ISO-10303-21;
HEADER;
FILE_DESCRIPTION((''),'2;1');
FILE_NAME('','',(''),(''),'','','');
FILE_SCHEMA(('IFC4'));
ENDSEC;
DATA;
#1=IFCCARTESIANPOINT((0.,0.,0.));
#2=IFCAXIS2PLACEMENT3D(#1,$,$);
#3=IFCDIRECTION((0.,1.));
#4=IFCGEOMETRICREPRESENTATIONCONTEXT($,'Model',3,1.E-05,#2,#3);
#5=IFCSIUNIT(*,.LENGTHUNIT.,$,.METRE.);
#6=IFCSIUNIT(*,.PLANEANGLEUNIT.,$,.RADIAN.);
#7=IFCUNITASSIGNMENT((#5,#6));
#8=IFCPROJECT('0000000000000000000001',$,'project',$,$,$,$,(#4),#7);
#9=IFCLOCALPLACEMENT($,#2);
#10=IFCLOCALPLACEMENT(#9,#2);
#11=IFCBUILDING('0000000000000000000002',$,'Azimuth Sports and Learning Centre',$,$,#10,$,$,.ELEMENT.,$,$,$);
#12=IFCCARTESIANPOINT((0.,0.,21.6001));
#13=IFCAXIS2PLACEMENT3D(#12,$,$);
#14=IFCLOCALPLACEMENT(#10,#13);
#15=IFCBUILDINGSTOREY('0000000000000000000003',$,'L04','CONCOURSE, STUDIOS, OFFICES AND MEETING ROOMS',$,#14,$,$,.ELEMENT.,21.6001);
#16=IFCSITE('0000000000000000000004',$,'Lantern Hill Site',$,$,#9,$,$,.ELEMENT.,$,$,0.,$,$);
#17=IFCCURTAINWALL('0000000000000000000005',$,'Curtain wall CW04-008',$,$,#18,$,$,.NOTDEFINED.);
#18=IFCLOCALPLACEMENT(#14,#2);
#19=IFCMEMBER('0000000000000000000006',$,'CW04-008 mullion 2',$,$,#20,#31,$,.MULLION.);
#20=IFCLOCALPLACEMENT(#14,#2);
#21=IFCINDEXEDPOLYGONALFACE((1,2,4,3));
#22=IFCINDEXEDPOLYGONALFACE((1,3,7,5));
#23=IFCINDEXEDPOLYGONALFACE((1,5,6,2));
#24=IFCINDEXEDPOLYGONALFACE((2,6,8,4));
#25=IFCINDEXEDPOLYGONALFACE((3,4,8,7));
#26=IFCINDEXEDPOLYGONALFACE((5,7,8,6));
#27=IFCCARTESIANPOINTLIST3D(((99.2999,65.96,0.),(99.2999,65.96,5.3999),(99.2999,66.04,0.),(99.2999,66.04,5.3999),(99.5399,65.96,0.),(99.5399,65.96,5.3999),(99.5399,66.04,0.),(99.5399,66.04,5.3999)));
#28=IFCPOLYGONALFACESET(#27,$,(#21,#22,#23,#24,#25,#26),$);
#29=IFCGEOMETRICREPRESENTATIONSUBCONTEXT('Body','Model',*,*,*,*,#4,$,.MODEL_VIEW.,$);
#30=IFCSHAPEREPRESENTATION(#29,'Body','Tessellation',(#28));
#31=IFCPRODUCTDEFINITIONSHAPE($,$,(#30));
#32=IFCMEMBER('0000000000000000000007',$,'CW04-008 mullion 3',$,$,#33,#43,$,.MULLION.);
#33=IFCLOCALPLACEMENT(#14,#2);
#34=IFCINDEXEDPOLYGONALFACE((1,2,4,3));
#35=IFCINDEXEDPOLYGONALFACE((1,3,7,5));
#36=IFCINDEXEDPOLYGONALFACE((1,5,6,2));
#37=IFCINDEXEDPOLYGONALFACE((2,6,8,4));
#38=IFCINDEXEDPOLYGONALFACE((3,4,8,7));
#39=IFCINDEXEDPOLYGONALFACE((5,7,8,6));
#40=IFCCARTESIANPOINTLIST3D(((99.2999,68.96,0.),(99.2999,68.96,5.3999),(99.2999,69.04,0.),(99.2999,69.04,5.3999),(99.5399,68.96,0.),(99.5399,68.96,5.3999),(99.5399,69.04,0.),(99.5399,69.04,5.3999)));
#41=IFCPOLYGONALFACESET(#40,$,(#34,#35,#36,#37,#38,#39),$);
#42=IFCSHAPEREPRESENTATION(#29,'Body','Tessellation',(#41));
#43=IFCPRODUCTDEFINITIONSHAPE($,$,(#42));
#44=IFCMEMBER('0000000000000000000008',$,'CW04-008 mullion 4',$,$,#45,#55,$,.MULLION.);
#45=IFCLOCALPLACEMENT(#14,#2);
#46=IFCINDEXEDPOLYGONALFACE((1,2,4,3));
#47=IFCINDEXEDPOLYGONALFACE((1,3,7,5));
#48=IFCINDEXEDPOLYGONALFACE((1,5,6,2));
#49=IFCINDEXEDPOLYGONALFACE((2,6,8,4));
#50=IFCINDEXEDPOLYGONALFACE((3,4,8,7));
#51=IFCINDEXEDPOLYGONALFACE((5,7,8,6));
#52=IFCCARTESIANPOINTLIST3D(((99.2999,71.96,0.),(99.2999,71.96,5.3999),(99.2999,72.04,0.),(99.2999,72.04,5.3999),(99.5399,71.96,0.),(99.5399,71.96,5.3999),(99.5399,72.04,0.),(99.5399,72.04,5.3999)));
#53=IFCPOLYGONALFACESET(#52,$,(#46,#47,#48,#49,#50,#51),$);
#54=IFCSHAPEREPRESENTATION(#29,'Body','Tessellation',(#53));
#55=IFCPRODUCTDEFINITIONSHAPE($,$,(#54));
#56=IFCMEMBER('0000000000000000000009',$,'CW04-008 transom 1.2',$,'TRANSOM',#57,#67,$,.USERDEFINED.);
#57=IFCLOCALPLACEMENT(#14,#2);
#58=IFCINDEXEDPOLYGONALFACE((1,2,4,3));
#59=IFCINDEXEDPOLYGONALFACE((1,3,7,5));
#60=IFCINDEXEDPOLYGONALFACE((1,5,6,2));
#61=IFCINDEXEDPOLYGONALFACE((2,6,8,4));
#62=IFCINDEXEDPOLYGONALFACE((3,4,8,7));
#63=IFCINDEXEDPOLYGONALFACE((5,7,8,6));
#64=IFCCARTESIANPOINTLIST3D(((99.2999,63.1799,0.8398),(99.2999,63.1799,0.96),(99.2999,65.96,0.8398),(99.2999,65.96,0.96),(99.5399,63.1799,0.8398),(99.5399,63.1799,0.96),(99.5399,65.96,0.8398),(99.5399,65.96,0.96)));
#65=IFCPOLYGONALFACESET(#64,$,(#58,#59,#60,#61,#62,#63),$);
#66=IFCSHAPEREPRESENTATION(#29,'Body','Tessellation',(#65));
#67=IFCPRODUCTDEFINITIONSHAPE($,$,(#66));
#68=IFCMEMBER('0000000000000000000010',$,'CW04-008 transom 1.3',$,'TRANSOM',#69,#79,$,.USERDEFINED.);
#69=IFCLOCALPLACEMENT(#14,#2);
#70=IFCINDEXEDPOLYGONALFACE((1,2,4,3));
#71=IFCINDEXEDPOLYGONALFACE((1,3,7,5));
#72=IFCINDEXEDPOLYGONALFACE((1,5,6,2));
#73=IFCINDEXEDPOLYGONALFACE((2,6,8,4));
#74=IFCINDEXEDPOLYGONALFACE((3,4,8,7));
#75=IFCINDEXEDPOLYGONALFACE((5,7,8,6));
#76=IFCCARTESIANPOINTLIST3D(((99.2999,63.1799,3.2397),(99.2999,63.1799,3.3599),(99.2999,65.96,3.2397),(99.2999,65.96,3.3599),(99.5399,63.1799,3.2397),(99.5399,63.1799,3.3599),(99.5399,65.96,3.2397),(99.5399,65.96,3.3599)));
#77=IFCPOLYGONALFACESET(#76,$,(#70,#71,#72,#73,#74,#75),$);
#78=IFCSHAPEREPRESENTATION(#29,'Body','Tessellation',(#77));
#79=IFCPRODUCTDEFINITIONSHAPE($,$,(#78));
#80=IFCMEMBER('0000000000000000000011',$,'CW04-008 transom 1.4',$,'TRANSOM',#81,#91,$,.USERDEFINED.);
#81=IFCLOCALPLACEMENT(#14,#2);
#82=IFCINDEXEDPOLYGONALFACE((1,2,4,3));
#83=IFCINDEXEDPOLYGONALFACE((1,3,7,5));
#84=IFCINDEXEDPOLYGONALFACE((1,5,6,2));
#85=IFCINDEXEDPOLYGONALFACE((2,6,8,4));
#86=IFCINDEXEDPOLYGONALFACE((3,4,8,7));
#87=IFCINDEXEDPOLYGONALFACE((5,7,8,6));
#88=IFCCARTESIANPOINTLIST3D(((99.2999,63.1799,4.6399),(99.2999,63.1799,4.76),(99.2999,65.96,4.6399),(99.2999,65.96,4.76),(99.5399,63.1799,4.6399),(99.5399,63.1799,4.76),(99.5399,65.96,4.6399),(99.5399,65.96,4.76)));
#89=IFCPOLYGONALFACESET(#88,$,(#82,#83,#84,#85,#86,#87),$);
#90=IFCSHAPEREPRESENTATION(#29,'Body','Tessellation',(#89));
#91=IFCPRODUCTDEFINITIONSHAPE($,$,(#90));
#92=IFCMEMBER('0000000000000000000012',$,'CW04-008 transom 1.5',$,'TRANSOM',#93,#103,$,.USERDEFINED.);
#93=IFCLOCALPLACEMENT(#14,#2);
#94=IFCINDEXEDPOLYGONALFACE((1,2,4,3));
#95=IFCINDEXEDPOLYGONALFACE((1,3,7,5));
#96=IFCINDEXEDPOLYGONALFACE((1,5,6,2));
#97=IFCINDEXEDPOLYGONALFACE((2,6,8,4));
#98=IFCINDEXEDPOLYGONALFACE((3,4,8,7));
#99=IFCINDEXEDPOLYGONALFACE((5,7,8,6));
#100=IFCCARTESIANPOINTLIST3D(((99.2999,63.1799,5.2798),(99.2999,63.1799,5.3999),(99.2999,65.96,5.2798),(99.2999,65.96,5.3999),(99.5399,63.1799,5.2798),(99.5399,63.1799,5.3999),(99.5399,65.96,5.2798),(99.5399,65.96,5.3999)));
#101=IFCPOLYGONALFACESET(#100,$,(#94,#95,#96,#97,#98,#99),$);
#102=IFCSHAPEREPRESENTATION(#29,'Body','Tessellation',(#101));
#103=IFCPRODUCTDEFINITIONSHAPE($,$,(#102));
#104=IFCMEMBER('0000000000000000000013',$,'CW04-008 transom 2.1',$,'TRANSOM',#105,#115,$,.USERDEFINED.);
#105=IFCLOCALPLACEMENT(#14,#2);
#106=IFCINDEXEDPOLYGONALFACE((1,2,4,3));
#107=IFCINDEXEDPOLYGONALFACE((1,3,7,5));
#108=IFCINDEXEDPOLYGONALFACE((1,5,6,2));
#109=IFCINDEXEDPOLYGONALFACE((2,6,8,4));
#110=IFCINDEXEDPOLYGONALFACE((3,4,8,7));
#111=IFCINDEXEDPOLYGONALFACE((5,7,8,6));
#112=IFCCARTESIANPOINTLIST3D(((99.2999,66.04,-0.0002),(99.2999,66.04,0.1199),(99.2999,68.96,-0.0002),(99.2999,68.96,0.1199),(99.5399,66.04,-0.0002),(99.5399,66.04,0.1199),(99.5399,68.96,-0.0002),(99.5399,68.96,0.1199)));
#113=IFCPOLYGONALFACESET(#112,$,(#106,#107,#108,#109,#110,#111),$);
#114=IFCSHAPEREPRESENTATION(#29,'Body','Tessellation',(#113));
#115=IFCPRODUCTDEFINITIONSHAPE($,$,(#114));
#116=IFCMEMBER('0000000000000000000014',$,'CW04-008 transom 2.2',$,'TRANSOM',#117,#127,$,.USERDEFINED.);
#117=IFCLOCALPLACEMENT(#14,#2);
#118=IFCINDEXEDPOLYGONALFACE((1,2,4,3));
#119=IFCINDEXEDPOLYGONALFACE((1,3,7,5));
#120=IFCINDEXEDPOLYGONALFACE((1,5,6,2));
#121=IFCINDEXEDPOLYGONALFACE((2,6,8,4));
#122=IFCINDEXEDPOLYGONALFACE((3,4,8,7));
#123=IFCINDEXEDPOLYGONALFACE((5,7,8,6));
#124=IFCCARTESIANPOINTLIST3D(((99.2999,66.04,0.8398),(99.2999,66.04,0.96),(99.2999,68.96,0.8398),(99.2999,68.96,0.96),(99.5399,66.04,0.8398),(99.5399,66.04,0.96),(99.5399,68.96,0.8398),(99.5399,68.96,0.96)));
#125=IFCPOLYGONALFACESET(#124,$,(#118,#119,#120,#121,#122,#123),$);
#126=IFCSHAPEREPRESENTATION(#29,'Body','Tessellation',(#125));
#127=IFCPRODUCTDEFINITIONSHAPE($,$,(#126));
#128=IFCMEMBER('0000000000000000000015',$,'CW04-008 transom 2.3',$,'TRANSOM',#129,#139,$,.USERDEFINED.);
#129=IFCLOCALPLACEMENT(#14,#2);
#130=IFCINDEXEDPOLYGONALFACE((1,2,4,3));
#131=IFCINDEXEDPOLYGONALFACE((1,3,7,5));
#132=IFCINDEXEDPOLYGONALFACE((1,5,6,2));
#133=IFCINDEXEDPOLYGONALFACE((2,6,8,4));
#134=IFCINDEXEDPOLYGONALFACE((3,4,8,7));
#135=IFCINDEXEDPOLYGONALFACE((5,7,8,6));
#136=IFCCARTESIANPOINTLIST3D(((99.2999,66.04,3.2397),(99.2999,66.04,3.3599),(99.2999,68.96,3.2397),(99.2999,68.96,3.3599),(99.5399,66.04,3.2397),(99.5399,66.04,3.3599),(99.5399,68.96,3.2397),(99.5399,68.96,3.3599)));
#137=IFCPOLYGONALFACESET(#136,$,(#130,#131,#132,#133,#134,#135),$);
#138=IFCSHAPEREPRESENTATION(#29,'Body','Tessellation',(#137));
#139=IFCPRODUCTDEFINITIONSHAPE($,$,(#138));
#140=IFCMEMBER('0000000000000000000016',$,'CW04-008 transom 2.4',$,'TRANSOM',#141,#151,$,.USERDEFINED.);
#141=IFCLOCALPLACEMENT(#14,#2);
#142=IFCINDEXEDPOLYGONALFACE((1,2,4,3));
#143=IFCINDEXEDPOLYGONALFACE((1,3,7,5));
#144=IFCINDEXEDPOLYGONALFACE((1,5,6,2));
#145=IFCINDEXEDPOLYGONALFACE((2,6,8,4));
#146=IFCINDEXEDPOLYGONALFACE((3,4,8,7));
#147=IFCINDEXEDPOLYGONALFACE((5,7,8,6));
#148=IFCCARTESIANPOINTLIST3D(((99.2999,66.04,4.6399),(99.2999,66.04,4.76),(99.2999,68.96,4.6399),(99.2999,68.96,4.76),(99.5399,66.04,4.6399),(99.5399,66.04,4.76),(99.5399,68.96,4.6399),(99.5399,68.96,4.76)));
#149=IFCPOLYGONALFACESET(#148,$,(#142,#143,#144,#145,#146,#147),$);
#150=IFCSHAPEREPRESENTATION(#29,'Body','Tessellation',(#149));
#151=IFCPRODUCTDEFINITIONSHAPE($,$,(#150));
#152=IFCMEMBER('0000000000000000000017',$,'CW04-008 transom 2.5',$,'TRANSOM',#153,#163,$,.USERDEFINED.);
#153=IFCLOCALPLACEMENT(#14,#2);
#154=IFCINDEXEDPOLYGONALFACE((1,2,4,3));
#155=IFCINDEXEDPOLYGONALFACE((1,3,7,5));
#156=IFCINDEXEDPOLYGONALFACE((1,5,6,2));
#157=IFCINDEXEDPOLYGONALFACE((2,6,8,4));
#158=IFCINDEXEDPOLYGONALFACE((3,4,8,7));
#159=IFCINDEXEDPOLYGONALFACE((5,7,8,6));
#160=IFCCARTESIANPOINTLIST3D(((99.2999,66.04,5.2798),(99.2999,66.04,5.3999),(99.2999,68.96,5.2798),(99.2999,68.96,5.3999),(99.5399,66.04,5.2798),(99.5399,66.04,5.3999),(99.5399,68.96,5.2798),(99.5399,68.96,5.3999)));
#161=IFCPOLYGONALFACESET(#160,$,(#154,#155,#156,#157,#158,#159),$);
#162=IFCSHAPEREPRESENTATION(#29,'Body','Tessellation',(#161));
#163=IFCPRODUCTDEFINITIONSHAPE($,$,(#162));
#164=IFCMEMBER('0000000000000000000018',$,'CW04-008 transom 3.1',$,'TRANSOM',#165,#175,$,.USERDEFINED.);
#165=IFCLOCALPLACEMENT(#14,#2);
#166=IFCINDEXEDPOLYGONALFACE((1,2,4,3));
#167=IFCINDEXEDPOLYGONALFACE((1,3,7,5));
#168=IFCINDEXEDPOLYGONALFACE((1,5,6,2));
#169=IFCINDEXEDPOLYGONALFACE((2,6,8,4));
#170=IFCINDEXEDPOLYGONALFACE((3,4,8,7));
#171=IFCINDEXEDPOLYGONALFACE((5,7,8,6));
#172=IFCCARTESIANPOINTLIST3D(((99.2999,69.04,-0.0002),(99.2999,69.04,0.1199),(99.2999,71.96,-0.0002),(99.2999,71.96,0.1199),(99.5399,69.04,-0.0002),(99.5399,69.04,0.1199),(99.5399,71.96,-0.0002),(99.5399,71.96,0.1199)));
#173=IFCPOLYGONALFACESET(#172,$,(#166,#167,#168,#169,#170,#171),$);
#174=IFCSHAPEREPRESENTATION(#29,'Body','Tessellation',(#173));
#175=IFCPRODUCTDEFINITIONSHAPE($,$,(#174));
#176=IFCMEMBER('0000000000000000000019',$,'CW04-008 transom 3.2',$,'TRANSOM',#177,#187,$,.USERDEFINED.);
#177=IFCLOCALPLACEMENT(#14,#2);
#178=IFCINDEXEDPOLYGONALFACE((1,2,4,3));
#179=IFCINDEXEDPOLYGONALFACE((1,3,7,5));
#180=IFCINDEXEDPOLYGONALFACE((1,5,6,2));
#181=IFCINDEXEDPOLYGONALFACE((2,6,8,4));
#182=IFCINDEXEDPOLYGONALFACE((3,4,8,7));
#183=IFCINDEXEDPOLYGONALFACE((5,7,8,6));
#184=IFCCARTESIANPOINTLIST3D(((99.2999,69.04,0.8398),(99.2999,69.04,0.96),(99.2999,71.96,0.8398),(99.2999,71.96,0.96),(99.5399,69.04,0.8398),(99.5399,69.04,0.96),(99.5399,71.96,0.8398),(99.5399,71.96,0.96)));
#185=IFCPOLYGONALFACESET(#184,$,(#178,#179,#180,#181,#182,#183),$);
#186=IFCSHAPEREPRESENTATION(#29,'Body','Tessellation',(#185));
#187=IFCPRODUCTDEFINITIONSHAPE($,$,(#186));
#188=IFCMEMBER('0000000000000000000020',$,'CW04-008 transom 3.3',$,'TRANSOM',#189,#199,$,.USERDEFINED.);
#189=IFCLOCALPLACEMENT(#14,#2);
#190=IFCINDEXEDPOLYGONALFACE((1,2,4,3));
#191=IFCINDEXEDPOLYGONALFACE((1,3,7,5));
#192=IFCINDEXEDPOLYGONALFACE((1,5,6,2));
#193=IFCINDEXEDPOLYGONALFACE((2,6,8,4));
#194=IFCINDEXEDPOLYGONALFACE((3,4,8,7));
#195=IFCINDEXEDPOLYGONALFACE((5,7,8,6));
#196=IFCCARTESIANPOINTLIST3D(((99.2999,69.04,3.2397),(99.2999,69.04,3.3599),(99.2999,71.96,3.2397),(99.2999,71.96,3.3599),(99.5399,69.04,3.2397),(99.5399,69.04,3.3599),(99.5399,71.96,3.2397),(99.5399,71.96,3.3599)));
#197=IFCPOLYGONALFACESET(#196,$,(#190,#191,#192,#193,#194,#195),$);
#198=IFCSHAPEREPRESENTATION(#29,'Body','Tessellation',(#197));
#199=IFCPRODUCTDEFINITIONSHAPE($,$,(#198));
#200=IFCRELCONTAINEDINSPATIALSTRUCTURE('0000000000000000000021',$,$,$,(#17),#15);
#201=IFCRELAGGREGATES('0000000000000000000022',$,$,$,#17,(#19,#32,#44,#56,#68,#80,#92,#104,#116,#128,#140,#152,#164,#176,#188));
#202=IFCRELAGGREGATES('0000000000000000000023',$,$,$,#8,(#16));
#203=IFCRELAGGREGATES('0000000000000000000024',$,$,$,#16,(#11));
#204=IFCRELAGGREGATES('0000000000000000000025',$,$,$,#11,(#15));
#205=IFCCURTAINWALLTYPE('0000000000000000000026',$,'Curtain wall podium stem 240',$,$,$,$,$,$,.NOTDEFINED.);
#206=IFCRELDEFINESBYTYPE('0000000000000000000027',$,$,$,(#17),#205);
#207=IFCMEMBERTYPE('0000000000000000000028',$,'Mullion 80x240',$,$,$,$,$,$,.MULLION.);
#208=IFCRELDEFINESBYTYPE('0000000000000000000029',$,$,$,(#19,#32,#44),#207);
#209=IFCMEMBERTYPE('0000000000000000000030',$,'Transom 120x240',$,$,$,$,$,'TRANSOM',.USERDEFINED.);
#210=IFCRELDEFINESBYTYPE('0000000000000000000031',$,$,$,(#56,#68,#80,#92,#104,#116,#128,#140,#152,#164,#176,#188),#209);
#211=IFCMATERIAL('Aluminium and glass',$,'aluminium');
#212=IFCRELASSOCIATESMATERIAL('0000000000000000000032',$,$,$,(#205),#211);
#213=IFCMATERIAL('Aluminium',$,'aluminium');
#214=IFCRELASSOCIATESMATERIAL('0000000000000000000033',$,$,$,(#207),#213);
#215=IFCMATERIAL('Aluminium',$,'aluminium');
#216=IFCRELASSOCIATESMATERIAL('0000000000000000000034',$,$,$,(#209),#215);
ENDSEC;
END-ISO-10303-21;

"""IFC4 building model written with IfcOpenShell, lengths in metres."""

from ifc_helpers import new_model, si_unit, direction, frame, origin, origin_2d, place, context, subcontext, project, spatial, rectangle, extrude, material, material_profile, profile_set, type_object, element, aggregate, save


model = new_model("IFC4")

# Units and contexts
model_context = context("Model", 3, precision=1e-05, world=origin(), true_north=direction((0.0, 1.0)))
body_context = subcontext(model_context, "Body", "Model", "MODEL_VIEW")
ifc_project = project(units=[si_unit("LENGTHUNIT", "METRE"), si_unit("PLANEANGLEUNIT", "RADIAN")], contexts=[model_context])

# Site, building, storey
site_placement = place(None, origin())
site = spatial("IfcSite", under=ifc_project, at=site_placement, Name="Lantern Hill Site", CompositionType="ELEMENT", RefElevation=0.0)
building_placement = place(site_placement, origin())
building = spatial("IfcBuilding", under=site, at=building_placement, Name="Azimuth Sports and Learning Centre", CompositionType="ELEMENT")
storey_placement = place(building_placement, frame((0.0, 0.0, 21.6001)))
storey = spatial("IfcBuildingStorey", under=building, at=storey_placement, Name="L04", Description="CONCOURSE, STUDIOS, OFFICES AND MEETING ROOMS", CompositionType="ELEMENT", Elevation=21.6001)

# Curtain wall, members
ifc_material_1 = material(Name="Aluminium and glass", Category="aluminium")
curtain_wall_type = type_object("IfcCurtainWallType", Name="Curtain wall podium stem 240", PredefinedType="NOTDEFINED", material=ifc_material_1)
curtain_wall_placement = place(storey_placement, origin())
curtain_wall = element("IfcCurtainWall", 1, at=curtain_wall_placement, inside=storey, type_object=curtain_wall_type, Name="Curtain wall CW04-008", PredefinedType="NOTDEFINED")
ifc_material_2 = material(Name="Aluminium", Category="aluminium")
ifc_material_profile_1 = material_profile(ifc_material_2, rectangle(XDim=0.24, YDim=0.0801, at=origin_2d()), Name="Mullion 80x240")
ifc_profile_set_1 = profile_set([ifc_material_profile_1], Name="Aluminium")
member_type_1 = type_object("IfcMemberType", Name="Mullion 80x240", PredefinedType="MULLION", material=ifc_profile_set_1)
member_1_placement = place(storey_placement, frame((99.4199, 66.0, 0.0), z_axis=(0.0, 0.0, 1.0), x_axis=(-1.0, 0.0, 0.0)))
member_1 = element("IfcMember", 2, at=member_1_placement, type_object=member_type_1, Name="CW04-008 mullion 2", PredefinedType="MULLION", context=body_context, shape_type="SweptSolid", body=[
    extrude(rectangle(XDim=0.24, YDim=0.0801, at=origin_2d()), origin(), (0.0, 0.0, 1.0), 5.3999),
])
member_2_placement = place(storey_placement, frame((99.4199, 69.0, 0.0), z_axis=(0.0, 0.0, 1.0), x_axis=(-1.0, 0.0, 0.0)))
member_2 = element("IfcMember", 3, at=member_2_placement, type_object=member_type_1, Name="CW04-008 mullion 3", PredefinedType="MULLION", context=body_context, shape_type="SweptSolid", body=[
    extrude(rectangle(XDim=0.24, YDim=0.0801, at=origin_2d()), origin(), (0.0, 0.0, 1.0), 5.3999),
])
member_3_placement = place(storey_placement, frame((99.4199, 72.0, 0.0), z_axis=(0.0, 0.0, 1.0), x_axis=(-1.0, 0.0, 0.0)))
member_3 = element("IfcMember", 4, at=member_3_placement, type_object=member_type_1, Name="CW04-008 mullion 4", PredefinedType="MULLION", context=body_context, shape_type="SweptSolid", body=[
    extrude(rectangle(XDim=0.24, YDim=0.0801, at=origin_2d()), origin(), (0.0, 0.0, 1.0), 5.3999),
])
ifc_material_3 = material(Name="Aluminium", Category="aluminium")
ifc_material_profile_2 = material_profile(ifc_material_3, rectangle(XDim=0.24, YDim=0.1201, at=origin_2d()), Name="Transom 120x240")
ifc_profile_set_2 = profile_set([ifc_material_profile_2], Name="Aluminium")
member_type_2 = type_object("IfcMemberType", Name="Transom 120x240", ElementType="TRANSOM", PredefinedType="USERDEFINED", material=ifc_profile_set_2)
member_4_placement = place(storey_placement, frame((99.4199, 63.1799, 0.8999), z_axis=(0.0, 1.0, 0.0), x_axis=(-1.0, 0.0, 0.0)))
member_4 = element("IfcMember", 5, at=member_4_placement, type_object=member_type_2, Name="CW04-008 transom 1.2", ObjectType="TRANSOM", PredefinedType="USERDEFINED", context=body_context, shape_type="SweptSolid", body=[
    extrude(rectangle(XDim=0.24, YDim=0.1201, at=origin_2d()), origin(), (0.0, 0.0, 1.0), 2.78),
])
member_5_placement = place(storey_placement, frame((99.4199, 63.1799, 3.2998), z_axis=(0.0, 1.0, 0.0), x_axis=(-1.0, 0.0, 0.0)))
member_5 = element("IfcMember", 6, at=member_5_placement, type_object=member_type_2, Name="CW04-008 transom 1.3", ObjectType="TRANSOM", PredefinedType="USERDEFINED", context=body_context, shape_type="SweptSolid", body=[
    extrude(rectangle(XDim=0.24, YDim=0.1201, at=origin_2d()), origin(), (0.0, 0.0, 1.0), 2.78),
])
member_6_placement = place(storey_placement, frame((99.4199, 63.1799, 4.7), z_axis=(0.0, 1.0, 0.0), x_axis=(-1.0, 0.0, 0.0)))
member_6 = element("IfcMember", 7, at=member_6_placement, type_object=member_type_2, Name="CW04-008 transom 1.4", ObjectType="TRANSOM", PredefinedType="USERDEFINED", context=body_context, shape_type="SweptSolid", body=[
    extrude(rectangle(XDim=0.24, YDim=0.1201, at=origin_2d()), origin(), (0.0, 0.0, 1.0), 2.78),
])
member_7_placement = place(storey_placement, frame((99.4199, 63.1799, 5.3398), z_axis=(0.0, 1.0, 0.0), x_axis=(-1.0, 0.0, 0.0)))
member_7 = element("IfcMember", 8, at=member_7_placement, type_object=member_type_2, Name="CW04-008 transom 1.5", ObjectType="TRANSOM", PredefinedType="USERDEFINED", context=body_context, shape_type="SweptSolid", body=[
    extrude(rectangle(XDim=0.24, YDim=0.1201, at=origin_2d()), origin(), (0.0, 0.0, 1.0), 2.78),
])
member_8_placement = place(storey_placement, frame((99.4199, 66.04, 0.0598), z_axis=(0.0, 1.0, 0.0), x_axis=(-1.0, 0.0, 0.0)))
member_8 = element("IfcMember", 9, at=member_8_placement, type_object=member_type_2, Name="CW04-008 transom 2.1", ObjectType="TRANSOM", PredefinedType="USERDEFINED", context=body_context, shape_type="SweptSolid", body=[
    extrude(rectangle(XDim=0.24, YDim=0.1201, at=origin_2d()), origin(), (0.0, 0.0, 1.0), 2.9199),
])
member_9_placement = place(storey_placement, frame((99.4199, 66.04, 0.8999), z_axis=(0.0, 1.0, 0.0), x_axis=(-1.0, 0.0, 0.0)))
member_9 = element("IfcMember", 10, at=member_9_placement, type_object=member_type_2, Name="CW04-008 transom 2.2", ObjectType="TRANSOM", PredefinedType="USERDEFINED", context=body_context, shape_type="SweptSolid", body=[
    extrude(rectangle(XDim=0.24, YDim=0.1201, at=origin_2d()), origin(), (0.0, 0.0, 1.0), 2.9199),
])
member_10_placement = place(storey_placement, frame((99.4199, 66.04, 3.2998), z_axis=(0.0, 1.0, 0.0), x_axis=(-1.0, 0.0, 0.0)))
member_10 = element("IfcMember", 11, at=member_10_placement, type_object=member_type_2, Name="CW04-008 transom 2.3", ObjectType="TRANSOM", PredefinedType="USERDEFINED", context=body_context, shape_type="SweptSolid", body=[
    extrude(rectangle(XDim=0.24, YDim=0.1201, at=origin_2d()), origin(), (0.0, 0.0, 1.0), 2.9199),
])
member_11_placement = place(storey_placement, frame((99.4199, 66.04, 4.7), z_axis=(0.0, 1.0, 0.0), x_axis=(-1.0, 0.0, 0.0)))
member_11 = element("IfcMember", 12, at=member_11_placement, type_object=member_type_2, Name="CW04-008 transom 2.4", ObjectType="TRANSOM", PredefinedType="USERDEFINED", context=body_context, shape_type="SweptSolid", body=[
    extrude(rectangle(XDim=0.24, YDim=0.1201, at=origin_2d()), origin(), (0.0, 0.0, 1.0), 2.9199),
])
member_12_placement = place(storey_placement, frame((99.4199, 66.04, 5.3398), z_axis=(0.0, 1.0, 0.0), x_axis=(-1.0, 0.0, 0.0)))
member_12 = element("IfcMember", 13, at=member_12_placement, type_object=member_type_2, Name="CW04-008 transom 2.5", ObjectType="TRANSOM", PredefinedType="USERDEFINED", context=body_context, shape_type="SweptSolid", body=[
    extrude(rectangle(XDim=0.24, YDim=0.1201, at=origin_2d()), origin(), (0.0, 0.0, 1.0), 2.9199),
])
member_13_placement = place(storey_placement, frame((99.4199, 69.04, 0.0598), z_axis=(0.0, 1.0, 0.0), x_axis=(-1.0, 0.0, 0.0)))
member_13 = element("IfcMember", 14, at=member_13_placement, type_object=member_type_2, Name="CW04-008 transom 3.1", ObjectType="TRANSOM", PredefinedType="USERDEFINED", context=body_context, shape_type="SweptSolid", body=[
    extrude(rectangle(XDim=0.24, YDim=0.1201, at=origin_2d()), origin(), (0.0, 0.0, 1.0), 2.9199),
])
member_14_placement = place(storey_placement, frame((99.4199, 69.04, 0.8999), z_axis=(0.0, 1.0, 0.0), x_axis=(-1.0, 0.0, 0.0)))
member_14 = element("IfcMember", 15, at=member_14_placement, type_object=member_type_2, Name="CW04-008 transom 3.2", ObjectType="TRANSOM", PredefinedType="USERDEFINED", context=body_context, shape_type="SweptSolid", body=[
    extrude(rectangle(XDim=0.24, YDim=0.1201, at=origin_2d()), origin(), (0.0, 0.0, 1.0), 2.9199),
])
member_15_placement = place(storey_placement, frame((99.4199, 69.04, 3.2998), z_axis=(0.0, 1.0, 0.0), x_axis=(-1.0, 0.0, 0.0)))
member_15 = element("IfcMember", 16, at=member_15_placement, type_object=member_type_2, Name="CW04-008 transom 3.3", ObjectType="TRANSOM", PredefinedType="USERDEFINED", context=body_context, shape_type="SweptSolid", body=[
    extrude(rectangle(XDim=0.24, YDim=0.1201, at=origin_2d()), origin(), (0.0, 0.0, 1.0), 2.9199),
])
aggregate(curtain_wall, [member_1, member_2, member_3, member_4, member_5, member_6, member_7, member_8, member_9, member_10, member_11, member_12, member_13, member_14, member_15])

save(model, "model.ifc")
